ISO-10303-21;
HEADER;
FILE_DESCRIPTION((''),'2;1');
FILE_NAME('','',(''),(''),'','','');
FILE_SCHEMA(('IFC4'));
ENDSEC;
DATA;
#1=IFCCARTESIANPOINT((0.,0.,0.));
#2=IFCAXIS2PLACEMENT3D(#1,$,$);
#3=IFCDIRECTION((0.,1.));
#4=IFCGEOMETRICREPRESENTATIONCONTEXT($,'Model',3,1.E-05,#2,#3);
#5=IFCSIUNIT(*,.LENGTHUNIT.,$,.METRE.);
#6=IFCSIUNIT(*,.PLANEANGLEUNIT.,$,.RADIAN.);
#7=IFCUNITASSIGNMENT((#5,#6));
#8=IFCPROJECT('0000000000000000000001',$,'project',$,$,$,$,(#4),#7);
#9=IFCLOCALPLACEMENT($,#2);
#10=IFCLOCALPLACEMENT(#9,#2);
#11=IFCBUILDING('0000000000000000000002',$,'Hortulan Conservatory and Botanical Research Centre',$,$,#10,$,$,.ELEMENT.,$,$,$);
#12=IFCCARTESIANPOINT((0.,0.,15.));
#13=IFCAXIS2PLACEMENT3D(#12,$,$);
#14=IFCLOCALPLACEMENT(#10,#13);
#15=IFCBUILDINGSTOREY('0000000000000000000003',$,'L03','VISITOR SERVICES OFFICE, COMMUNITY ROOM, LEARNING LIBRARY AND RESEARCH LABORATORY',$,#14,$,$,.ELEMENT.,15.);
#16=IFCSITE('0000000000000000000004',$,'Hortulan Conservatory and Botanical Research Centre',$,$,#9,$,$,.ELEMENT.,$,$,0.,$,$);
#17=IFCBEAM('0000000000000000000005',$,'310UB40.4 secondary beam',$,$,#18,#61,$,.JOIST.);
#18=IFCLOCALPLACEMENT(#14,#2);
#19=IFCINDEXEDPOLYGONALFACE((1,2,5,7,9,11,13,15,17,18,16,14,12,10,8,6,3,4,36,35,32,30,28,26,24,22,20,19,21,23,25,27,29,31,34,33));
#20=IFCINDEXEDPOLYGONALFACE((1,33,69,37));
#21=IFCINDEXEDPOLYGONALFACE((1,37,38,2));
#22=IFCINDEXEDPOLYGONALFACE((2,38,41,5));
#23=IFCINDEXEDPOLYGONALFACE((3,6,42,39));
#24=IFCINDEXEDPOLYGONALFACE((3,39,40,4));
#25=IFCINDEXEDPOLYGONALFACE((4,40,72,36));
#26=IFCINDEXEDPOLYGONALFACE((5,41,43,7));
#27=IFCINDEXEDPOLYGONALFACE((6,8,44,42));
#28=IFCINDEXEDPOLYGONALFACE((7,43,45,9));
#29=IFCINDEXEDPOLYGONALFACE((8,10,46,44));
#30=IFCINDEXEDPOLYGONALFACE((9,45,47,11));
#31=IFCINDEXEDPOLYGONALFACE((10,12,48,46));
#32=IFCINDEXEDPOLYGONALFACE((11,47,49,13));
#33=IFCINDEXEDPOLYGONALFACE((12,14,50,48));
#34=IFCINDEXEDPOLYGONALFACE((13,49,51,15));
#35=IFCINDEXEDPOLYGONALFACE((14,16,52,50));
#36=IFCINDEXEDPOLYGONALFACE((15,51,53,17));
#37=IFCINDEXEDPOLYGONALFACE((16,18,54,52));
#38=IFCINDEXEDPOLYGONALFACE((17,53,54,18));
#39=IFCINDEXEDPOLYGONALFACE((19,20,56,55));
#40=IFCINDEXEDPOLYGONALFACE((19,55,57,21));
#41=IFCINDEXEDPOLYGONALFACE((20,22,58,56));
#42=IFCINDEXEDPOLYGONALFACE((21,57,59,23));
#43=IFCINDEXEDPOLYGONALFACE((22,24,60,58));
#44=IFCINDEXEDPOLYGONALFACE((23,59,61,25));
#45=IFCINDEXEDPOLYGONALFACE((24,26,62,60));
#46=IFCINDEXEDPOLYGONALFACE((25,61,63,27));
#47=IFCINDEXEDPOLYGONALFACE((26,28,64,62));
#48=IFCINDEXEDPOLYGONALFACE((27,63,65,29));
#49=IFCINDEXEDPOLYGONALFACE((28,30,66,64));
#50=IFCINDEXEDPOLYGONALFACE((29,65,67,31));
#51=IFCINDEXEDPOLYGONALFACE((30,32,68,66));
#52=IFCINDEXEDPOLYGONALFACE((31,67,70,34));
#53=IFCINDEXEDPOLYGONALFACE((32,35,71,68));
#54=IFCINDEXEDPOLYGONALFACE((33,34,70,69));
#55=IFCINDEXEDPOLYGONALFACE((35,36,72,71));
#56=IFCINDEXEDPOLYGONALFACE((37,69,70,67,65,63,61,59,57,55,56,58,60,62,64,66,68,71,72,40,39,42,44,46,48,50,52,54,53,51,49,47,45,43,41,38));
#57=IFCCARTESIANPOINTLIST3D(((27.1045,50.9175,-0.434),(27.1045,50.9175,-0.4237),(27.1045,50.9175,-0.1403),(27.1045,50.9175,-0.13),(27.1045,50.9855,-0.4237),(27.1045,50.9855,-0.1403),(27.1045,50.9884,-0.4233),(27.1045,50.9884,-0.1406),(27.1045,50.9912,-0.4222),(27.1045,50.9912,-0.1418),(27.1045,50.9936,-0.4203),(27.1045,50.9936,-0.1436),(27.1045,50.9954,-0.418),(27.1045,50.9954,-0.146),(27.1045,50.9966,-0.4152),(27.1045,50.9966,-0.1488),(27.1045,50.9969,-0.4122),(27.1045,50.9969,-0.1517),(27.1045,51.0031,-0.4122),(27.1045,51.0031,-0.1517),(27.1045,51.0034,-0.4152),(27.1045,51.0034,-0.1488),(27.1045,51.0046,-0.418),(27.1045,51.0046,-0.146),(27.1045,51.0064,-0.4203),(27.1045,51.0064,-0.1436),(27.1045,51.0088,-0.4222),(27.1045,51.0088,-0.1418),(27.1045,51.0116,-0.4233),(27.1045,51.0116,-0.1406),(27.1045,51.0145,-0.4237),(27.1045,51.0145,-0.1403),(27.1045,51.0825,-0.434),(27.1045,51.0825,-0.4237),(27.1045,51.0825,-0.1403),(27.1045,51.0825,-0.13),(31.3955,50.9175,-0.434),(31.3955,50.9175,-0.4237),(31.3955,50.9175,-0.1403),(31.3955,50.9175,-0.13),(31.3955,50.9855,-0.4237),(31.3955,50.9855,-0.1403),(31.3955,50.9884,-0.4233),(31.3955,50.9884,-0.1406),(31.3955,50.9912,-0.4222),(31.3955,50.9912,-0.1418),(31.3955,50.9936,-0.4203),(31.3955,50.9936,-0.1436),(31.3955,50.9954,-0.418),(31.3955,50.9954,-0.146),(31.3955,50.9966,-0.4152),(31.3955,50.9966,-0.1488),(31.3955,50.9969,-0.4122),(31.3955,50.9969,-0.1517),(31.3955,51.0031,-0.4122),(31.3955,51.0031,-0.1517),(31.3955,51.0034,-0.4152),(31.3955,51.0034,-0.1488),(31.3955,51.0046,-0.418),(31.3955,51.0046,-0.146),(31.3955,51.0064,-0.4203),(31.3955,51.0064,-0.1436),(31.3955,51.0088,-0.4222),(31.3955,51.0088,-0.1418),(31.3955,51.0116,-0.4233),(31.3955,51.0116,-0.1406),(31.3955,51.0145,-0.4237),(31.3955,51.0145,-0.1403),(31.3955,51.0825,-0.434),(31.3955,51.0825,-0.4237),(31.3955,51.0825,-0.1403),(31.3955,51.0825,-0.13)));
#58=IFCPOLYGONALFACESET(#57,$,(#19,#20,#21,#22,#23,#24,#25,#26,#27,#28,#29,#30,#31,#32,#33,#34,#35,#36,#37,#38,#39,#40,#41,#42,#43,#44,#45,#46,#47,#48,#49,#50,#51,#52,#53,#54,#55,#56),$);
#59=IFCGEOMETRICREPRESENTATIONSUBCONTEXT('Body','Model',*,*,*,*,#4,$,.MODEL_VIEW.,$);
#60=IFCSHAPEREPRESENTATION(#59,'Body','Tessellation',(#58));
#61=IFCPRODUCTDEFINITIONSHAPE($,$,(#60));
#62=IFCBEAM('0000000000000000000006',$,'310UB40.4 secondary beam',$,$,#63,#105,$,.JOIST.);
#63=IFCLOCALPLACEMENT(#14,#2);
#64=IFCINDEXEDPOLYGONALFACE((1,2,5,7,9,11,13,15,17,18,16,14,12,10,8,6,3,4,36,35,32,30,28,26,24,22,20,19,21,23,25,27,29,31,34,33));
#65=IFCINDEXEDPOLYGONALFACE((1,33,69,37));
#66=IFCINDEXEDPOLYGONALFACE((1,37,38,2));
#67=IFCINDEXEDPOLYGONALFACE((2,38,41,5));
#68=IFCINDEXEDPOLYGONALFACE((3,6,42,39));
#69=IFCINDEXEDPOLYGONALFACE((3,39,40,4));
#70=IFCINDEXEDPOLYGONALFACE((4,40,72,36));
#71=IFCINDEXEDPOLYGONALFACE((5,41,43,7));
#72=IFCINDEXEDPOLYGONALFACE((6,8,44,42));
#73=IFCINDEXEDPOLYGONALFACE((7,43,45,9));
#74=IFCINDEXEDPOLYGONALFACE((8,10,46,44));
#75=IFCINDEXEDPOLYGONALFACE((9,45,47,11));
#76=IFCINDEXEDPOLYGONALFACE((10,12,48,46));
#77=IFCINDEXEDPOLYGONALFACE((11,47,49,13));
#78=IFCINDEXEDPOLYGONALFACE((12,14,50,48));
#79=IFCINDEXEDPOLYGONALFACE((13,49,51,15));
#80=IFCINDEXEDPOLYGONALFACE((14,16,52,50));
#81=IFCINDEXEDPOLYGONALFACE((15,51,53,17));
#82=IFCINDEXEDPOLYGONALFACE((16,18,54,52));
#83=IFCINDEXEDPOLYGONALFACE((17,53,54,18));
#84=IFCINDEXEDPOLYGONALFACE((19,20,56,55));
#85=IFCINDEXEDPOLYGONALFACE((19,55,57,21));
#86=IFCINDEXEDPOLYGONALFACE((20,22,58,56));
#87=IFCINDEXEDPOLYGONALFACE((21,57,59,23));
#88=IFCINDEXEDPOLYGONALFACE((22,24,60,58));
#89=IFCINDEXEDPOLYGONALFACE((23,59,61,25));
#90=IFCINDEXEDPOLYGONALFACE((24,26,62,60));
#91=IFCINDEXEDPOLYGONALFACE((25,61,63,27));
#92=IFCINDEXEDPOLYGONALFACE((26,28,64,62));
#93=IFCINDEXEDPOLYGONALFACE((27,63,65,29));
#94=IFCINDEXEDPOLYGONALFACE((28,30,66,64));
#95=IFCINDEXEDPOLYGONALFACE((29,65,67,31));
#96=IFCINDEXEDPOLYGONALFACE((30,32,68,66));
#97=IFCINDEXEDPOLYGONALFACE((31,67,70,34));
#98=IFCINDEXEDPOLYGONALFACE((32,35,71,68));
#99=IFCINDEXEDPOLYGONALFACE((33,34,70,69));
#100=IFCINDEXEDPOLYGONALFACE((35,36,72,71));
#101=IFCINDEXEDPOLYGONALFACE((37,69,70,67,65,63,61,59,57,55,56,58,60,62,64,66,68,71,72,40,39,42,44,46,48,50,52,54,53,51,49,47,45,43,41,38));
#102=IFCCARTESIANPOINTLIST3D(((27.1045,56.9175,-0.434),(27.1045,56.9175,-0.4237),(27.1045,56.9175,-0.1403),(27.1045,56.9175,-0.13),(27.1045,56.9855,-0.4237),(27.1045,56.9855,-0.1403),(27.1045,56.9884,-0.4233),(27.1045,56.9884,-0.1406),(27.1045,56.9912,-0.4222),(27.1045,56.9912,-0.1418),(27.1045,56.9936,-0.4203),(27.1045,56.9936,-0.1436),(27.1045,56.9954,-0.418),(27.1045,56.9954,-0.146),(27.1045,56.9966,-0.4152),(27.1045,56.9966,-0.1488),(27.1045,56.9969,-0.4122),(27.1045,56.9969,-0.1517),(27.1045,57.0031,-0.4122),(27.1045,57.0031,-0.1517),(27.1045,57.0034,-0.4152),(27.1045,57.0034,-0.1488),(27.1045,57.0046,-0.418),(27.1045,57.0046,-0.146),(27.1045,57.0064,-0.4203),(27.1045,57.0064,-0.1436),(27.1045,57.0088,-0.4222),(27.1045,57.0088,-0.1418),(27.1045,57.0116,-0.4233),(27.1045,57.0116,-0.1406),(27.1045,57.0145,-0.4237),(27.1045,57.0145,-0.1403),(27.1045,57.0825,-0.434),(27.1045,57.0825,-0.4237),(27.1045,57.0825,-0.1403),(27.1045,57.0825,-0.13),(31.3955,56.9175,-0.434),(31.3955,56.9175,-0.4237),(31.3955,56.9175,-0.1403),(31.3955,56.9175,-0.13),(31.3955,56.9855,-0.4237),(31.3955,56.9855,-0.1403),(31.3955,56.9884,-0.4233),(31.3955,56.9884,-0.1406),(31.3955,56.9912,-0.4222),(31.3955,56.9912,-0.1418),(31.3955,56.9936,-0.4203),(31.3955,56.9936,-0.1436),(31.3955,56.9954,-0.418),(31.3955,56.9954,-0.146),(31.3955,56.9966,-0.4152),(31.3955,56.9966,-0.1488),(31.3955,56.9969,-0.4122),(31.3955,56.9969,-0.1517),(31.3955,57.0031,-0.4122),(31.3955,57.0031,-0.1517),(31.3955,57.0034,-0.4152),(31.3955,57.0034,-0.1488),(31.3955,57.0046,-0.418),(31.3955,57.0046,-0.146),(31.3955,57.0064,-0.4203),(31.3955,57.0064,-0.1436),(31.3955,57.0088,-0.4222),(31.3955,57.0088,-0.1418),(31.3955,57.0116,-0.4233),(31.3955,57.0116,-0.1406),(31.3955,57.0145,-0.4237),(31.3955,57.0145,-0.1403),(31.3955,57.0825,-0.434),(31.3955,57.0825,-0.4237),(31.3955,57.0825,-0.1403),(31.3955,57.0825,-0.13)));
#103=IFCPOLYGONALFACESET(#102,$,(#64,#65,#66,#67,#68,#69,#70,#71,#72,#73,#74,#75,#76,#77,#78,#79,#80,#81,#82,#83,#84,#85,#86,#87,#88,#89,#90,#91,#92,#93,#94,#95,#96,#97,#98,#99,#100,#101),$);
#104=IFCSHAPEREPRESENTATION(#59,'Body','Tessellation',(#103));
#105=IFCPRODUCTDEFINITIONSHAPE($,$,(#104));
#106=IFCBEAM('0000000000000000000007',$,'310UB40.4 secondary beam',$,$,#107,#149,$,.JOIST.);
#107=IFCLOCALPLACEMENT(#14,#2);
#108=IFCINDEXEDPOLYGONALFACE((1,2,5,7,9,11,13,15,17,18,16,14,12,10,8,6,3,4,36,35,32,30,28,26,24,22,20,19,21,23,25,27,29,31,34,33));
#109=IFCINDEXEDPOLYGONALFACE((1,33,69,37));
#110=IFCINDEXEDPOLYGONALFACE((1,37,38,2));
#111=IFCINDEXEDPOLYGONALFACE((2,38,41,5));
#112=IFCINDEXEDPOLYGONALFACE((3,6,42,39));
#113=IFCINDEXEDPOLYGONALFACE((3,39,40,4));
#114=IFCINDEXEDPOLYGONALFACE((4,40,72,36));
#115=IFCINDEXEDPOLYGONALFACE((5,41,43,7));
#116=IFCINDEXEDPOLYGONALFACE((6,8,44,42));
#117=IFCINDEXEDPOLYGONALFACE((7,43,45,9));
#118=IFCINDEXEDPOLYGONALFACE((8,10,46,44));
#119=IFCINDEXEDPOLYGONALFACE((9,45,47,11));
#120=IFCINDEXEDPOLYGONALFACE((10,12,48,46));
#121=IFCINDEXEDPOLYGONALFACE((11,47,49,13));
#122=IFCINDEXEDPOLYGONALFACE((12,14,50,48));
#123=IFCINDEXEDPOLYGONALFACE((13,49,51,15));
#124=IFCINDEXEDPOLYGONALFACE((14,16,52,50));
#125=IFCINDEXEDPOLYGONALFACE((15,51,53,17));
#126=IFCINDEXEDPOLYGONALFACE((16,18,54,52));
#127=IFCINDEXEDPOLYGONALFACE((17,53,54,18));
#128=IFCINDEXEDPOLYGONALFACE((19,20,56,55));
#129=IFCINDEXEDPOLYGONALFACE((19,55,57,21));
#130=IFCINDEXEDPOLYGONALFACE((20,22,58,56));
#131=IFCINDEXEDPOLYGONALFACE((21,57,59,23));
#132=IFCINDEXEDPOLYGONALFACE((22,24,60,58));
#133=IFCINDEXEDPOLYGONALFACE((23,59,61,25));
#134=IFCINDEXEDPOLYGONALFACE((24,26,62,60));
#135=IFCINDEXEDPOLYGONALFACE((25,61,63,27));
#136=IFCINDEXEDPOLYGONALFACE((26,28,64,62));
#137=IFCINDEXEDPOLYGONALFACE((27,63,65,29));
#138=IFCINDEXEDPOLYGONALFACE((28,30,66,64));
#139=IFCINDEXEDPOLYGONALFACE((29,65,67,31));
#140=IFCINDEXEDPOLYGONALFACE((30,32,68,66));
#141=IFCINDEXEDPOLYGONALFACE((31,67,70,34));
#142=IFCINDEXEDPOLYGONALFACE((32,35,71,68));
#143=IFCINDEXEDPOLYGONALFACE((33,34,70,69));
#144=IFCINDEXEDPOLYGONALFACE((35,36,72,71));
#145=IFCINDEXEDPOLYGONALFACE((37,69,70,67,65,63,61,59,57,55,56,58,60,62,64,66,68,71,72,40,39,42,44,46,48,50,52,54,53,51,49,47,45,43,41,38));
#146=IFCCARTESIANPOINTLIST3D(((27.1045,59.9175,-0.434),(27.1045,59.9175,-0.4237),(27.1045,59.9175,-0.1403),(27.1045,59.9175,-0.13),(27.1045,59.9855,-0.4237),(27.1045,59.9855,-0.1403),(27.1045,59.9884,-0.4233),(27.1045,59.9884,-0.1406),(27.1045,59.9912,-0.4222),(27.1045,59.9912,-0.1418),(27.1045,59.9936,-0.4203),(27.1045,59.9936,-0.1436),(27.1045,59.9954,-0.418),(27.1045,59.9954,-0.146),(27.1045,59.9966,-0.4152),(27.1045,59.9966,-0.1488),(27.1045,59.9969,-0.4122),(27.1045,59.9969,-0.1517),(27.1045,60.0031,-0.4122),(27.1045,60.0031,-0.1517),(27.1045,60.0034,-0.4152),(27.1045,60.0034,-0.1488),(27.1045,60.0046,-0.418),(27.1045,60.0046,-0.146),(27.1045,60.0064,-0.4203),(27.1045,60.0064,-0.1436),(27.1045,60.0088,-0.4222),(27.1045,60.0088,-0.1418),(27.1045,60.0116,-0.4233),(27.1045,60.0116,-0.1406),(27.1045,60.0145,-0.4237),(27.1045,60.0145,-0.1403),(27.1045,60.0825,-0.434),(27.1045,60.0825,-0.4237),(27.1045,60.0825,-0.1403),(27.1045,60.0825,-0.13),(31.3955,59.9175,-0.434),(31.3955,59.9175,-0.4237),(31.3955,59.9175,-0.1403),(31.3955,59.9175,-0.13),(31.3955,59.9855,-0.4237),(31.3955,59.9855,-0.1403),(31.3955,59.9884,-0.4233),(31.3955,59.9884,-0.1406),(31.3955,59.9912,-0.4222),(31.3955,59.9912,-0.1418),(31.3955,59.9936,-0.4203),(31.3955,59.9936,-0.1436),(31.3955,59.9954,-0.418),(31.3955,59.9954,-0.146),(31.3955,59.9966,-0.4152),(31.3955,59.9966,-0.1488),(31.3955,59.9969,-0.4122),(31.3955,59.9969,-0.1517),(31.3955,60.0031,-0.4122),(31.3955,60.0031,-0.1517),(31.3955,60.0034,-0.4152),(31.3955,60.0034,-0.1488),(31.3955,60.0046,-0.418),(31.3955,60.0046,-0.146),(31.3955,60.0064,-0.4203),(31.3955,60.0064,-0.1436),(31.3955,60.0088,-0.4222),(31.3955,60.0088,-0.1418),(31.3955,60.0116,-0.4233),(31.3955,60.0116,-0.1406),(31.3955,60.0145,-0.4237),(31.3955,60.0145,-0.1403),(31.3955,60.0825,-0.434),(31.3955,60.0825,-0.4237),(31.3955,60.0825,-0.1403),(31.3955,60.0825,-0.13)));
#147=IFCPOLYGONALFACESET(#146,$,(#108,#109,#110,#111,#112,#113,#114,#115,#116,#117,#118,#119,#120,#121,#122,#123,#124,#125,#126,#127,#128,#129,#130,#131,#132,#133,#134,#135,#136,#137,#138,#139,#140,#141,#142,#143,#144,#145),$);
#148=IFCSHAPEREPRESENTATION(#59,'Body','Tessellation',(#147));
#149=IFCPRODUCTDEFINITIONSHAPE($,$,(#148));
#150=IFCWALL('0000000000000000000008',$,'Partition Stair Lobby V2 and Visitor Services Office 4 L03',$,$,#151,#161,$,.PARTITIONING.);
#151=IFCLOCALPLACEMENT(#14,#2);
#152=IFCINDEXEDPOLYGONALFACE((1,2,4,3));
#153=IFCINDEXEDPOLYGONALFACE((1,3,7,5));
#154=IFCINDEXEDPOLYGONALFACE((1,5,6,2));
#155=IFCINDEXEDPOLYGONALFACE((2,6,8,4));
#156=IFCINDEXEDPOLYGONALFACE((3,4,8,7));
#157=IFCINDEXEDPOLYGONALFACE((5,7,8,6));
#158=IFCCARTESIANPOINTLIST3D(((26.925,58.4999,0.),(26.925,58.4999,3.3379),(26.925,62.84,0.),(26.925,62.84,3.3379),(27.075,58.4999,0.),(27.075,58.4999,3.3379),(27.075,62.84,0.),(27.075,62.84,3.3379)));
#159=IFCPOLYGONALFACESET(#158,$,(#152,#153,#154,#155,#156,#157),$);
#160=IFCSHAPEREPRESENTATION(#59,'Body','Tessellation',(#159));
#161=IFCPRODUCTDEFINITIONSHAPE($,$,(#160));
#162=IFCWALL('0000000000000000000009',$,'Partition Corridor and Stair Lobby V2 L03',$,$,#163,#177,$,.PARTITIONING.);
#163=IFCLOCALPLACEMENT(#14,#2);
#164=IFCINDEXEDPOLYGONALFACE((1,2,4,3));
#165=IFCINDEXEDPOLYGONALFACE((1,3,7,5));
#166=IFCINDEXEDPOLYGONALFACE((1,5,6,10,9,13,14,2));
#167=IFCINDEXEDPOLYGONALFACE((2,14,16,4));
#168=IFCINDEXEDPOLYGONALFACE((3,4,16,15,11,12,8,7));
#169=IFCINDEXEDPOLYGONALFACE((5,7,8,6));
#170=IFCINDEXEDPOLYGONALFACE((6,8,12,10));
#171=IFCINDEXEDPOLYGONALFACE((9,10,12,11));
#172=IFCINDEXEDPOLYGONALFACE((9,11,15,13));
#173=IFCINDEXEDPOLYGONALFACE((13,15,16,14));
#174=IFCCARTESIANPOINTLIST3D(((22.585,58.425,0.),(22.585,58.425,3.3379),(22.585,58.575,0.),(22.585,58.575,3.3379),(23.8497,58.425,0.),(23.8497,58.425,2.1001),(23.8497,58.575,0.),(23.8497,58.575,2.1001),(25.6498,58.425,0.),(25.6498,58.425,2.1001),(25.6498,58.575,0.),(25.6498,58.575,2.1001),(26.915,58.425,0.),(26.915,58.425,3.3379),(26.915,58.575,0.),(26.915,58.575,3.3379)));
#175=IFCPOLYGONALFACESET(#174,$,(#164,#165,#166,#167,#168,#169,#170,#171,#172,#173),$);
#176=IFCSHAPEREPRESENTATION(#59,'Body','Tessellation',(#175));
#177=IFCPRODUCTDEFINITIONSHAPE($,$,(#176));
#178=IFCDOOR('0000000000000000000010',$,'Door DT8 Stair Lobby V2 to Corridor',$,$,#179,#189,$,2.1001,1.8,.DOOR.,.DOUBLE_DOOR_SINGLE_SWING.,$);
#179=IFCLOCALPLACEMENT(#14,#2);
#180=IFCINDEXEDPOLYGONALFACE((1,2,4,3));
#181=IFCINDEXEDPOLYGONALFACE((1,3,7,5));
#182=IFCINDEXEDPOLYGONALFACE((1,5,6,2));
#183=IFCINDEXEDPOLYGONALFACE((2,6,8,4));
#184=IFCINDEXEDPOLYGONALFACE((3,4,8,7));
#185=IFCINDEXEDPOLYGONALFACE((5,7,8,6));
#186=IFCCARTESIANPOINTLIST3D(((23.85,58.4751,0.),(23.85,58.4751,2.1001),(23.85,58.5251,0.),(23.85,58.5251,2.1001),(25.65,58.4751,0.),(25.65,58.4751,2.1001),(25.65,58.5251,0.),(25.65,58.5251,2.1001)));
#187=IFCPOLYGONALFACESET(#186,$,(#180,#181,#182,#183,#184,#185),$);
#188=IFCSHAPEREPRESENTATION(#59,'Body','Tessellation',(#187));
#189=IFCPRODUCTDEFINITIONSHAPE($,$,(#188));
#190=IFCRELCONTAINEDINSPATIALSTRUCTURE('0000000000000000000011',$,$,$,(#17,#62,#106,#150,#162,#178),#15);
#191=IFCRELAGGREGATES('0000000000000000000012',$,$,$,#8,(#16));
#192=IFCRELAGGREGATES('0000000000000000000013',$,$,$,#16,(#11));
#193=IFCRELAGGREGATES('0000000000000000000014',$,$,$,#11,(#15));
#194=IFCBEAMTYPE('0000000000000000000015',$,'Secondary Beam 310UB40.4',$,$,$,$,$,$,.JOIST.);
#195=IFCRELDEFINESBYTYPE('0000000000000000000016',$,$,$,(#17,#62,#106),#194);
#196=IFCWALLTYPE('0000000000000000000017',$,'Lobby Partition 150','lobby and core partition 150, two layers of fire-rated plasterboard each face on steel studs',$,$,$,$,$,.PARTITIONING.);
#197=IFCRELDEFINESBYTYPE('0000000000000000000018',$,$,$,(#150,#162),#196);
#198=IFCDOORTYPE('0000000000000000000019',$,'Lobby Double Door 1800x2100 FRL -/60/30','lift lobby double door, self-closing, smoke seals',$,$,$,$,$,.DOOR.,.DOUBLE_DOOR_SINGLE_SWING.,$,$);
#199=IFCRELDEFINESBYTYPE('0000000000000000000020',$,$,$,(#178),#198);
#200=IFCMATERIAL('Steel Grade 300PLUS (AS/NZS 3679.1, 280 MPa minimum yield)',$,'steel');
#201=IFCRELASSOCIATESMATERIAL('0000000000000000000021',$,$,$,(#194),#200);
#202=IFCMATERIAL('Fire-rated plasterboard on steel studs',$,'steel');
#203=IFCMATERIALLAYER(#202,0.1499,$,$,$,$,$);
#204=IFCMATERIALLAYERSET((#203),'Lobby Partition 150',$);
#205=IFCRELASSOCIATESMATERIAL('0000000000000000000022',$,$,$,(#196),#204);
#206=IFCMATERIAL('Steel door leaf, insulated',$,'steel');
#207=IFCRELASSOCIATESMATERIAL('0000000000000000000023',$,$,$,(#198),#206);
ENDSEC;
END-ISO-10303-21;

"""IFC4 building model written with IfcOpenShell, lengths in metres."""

from ifc_helpers import new_model, si_unit, direction, frame, frame_2d, origin, origin_2d, place, context, subcontext, project, spatial, rectangle, i_section, extrude, material, layer, layer_set, material_profile, profile_set, type_object, element, fill, save


model = new_model("IFC4")

# Units and contexts
model_context = context("Model", 3, precision=1e-05, world=origin(), true_north=direction((0.0, 1.0)))
body_context = subcontext(model_context, "Body", "Model", "MODEL_VIEW")
ifc_project = project(units=[si_unit("LENGTHUNIT", "METRE"), si_unit("PLANEANGLEUNIT", "RADIAN")], contexts=[model_context])

# Site, building, storey
site_placement = place(None, origin())
site = spatial("IfcSite", under=ifc_project, at=site_placement, Name="Hortulan Conservatory and Botanical Research Centre", CompositionType="ELEMENT", RefElevation=0.0)
building_placement = place(site_placement, origin())
building = spatial("IfcBuilding", under=site, at=building_placement, Name="Hortulan Conservatory and Botanical Research Centre", CompositionType="ELEMENT")
storey_placement = place(building_placement, frame((0.0, 0.0, 15.0)))
storey = spatial("IfcBuildingStorey", under=building, at=storey_placement, Name="L03", Description="VISITOR SERVICES OFFICE, COMMUNITY ROOM, LEARNING LIBRARY AND RESEARCH LABORATORY", CompositionType="ELEMENT", Elevation=15.0)

# Shared definitions
ifc_material_1 = material(Name="Steel Grade 300PLUS (AS/NZS 3679.1, 280 MPa minimum yield)", Category="steel")

# Beams
ifc_material_profile_1 = material_profile(ifc_material_1, i_section(OverallWidth=0.165, OverallDepth=0.304, WebThickness=0.0061, FlangeThickness=0.0103, FilletRadius=0.0115, at=origin_2d()), Name="310UB40.4")
ifc_profile_set_1 = profile_set([ifc_material_profile_1], Name="Steel Grade 300PLUS (AS/NZS 3679.1, 280 MPa minimum yield)")
beam_type_1 = type_object("IfcBeamType", Name="Secondary Beam 310UB40.4", PredefinedType="JOIST", material=ifc_profile_set_1)
for number, where, z_axis, x_axis, name in (
    (1, (27.1045, 51.0, -0.282), (1.0, 0.0, 0.0), (0.0, 1.0, 0.0), "310UB40.4 secondary beam"),
    (2, (27.1045, 57.0, -0.282), (1.0, 0.0, 0.0), (0.0, 1.0, 0.0), "310UB40.4 secondary beam"),
    (3, (27.1045, 60.0, -0.282), (1.0, 0.0, 0.0), (0.0, 1.0, 0.0), "310UB40.4 secondary beam"),
):
    element("IfcBeam", number, at=place(storey_placement, frame(where, z_axis=z_axis, x_axis=x_axis)), inside=storey, type_object=beam_type_1, Name=name, PredefinedType="JOIST", context=body_context, shape_type="SweptSolid", body=[
        extrude(i_section(OverallWidth=0.165, OverallDepth=0.304, WebThickness=0.0061, FlangeThickness=0.0103, FilletRadius=0.0115, at=origin_2d()), origin(), (0.0, 0.0, 1.0), 4.291),
    ])

# Wall
ifc_material_2 = material(Name="Fire-rated plasterboard on steel studs", Category="steel")
ifc_layer_1 = layer(ifc_material_2, 0.1499)
ifc_layer_set_1 = layer_set([ifc_layer_1], Name="Lobby Partition 150")
wall_type_1 = type_object("IfcWallType", Name="Lobby Partition 150", Description="lobby and core partition 150, two layers of fire-rated plasterboard each face on steel studs", PredefinedType="PARTITIONING", material=ifc_layer_set_1)
wall_1_placement = place(storey_placement, frame((27.0, 58.5, 0.0), z_axis=(0.0, 0.0, 1.0), x_axis=(0.0, 1.0, 0.0)))
element("IfcWall", 4, at=wall_1_placement, inside=storey, type_object=wall_type_1, Name="Partition Stair Lobby V2 and Visitor Services Office 4 L03", PredefinedType="PARTITIONING", context=body_context, shape_type="SweptSolid", body=[
    extrude(rectangle(XDim=4.3401, YDim=0.1499, at=frame_2d((2.1699, 0.0))), origin(), (0.0, 0.0, 1.0), 3.3379),
])

# Wall, opening, door
wall_2_placement = place(storey_placement, frame((22.585, 58.5, 0.0), z_axis=(0.0, 0.0, 1.0), x_axis=(1.0, 0.0, 0.0)))
wall_2 = element("IfcWall", 5, at=wall_2_placement, inside=storey, type_object=wall_type_1, Name="Partition Corridor and Stair Lobby V2 L03", PredefinedType="PARTITIONING", context=body_context, shape_type="SweptSolid", body=[
    extrude(rectangle(XDim=4.3301, YDim=0.1499, at=frame_2d((2.165, 0.0))), origin(), (0.0, 0.0, 1.0), 3.3379),
])
opening_1_placement = place(wall_2_placement, frame((1.2649, 0.0, 0.0)))
opening_1 = element("IfcOpeningElement", 6, at=opening_1_placement, cuts=wall_2, PredefinedType="OPENING", context=body_context, shape_type="SweptSolid", body=[
    extrude(rectangle(XDim=1.8, YDim=2.1001, at=frame_2d((0.8999, 1.05))), frame((0.0, 0.085, 0.0), z_axis=(0.0, -1.0, 0.0), x_axis=(1.0, 0.0, 0.0)), (0.0, 0.0, 1.0), 0.1699),
])
ifc_material_3 = material(Name="Steel door leaf, insulated", Category="steel")
door_type_1 = type_object("IfcDoorType", Name="Lobby Double Door 1800x2100 FRL -/60/30", Description="lift lobby double door, self-closing, smoke seals", OperationType="DOUBLE_DOOR_SINGLE_SWING", PredefinedType="DOOR", material=ifc_material_3)
door_1_placement = place(opening_1_placement, frame((1.8, 0.0, 0.0), z_axis=(0.0, 0.0, 1.0), x_axis=(-1.0, 0.0, 0.0)))
door_1 = element("IfcDoor", 7, at=door_1_placement, inside=storey, type_object=door_type_1, Name="Door DT8 Stair Lobby V2 to Corridor", OperationType="DOUBLE_DOOR_SINGLE_SWING", OverallHeight=2.1001, OverallWidth=1.8, PredefinedType="DOOR", context=body_context, shape_type="SweptSolid", body=[
    extrude(rectangle(XDim=1.8, YDim=2.1001, at=frame_2d((0.8999, 1.05))), frame((0.0, 0.0249, 0.0), z_axis=(0.0, -1.0, 0.0), x_axis=(1.0, 0.0, 0.0)), (0.0, 0.0, 1.0), 0.05),
])
fill(opening_1, door_1)

save(model, "model.ifc")
